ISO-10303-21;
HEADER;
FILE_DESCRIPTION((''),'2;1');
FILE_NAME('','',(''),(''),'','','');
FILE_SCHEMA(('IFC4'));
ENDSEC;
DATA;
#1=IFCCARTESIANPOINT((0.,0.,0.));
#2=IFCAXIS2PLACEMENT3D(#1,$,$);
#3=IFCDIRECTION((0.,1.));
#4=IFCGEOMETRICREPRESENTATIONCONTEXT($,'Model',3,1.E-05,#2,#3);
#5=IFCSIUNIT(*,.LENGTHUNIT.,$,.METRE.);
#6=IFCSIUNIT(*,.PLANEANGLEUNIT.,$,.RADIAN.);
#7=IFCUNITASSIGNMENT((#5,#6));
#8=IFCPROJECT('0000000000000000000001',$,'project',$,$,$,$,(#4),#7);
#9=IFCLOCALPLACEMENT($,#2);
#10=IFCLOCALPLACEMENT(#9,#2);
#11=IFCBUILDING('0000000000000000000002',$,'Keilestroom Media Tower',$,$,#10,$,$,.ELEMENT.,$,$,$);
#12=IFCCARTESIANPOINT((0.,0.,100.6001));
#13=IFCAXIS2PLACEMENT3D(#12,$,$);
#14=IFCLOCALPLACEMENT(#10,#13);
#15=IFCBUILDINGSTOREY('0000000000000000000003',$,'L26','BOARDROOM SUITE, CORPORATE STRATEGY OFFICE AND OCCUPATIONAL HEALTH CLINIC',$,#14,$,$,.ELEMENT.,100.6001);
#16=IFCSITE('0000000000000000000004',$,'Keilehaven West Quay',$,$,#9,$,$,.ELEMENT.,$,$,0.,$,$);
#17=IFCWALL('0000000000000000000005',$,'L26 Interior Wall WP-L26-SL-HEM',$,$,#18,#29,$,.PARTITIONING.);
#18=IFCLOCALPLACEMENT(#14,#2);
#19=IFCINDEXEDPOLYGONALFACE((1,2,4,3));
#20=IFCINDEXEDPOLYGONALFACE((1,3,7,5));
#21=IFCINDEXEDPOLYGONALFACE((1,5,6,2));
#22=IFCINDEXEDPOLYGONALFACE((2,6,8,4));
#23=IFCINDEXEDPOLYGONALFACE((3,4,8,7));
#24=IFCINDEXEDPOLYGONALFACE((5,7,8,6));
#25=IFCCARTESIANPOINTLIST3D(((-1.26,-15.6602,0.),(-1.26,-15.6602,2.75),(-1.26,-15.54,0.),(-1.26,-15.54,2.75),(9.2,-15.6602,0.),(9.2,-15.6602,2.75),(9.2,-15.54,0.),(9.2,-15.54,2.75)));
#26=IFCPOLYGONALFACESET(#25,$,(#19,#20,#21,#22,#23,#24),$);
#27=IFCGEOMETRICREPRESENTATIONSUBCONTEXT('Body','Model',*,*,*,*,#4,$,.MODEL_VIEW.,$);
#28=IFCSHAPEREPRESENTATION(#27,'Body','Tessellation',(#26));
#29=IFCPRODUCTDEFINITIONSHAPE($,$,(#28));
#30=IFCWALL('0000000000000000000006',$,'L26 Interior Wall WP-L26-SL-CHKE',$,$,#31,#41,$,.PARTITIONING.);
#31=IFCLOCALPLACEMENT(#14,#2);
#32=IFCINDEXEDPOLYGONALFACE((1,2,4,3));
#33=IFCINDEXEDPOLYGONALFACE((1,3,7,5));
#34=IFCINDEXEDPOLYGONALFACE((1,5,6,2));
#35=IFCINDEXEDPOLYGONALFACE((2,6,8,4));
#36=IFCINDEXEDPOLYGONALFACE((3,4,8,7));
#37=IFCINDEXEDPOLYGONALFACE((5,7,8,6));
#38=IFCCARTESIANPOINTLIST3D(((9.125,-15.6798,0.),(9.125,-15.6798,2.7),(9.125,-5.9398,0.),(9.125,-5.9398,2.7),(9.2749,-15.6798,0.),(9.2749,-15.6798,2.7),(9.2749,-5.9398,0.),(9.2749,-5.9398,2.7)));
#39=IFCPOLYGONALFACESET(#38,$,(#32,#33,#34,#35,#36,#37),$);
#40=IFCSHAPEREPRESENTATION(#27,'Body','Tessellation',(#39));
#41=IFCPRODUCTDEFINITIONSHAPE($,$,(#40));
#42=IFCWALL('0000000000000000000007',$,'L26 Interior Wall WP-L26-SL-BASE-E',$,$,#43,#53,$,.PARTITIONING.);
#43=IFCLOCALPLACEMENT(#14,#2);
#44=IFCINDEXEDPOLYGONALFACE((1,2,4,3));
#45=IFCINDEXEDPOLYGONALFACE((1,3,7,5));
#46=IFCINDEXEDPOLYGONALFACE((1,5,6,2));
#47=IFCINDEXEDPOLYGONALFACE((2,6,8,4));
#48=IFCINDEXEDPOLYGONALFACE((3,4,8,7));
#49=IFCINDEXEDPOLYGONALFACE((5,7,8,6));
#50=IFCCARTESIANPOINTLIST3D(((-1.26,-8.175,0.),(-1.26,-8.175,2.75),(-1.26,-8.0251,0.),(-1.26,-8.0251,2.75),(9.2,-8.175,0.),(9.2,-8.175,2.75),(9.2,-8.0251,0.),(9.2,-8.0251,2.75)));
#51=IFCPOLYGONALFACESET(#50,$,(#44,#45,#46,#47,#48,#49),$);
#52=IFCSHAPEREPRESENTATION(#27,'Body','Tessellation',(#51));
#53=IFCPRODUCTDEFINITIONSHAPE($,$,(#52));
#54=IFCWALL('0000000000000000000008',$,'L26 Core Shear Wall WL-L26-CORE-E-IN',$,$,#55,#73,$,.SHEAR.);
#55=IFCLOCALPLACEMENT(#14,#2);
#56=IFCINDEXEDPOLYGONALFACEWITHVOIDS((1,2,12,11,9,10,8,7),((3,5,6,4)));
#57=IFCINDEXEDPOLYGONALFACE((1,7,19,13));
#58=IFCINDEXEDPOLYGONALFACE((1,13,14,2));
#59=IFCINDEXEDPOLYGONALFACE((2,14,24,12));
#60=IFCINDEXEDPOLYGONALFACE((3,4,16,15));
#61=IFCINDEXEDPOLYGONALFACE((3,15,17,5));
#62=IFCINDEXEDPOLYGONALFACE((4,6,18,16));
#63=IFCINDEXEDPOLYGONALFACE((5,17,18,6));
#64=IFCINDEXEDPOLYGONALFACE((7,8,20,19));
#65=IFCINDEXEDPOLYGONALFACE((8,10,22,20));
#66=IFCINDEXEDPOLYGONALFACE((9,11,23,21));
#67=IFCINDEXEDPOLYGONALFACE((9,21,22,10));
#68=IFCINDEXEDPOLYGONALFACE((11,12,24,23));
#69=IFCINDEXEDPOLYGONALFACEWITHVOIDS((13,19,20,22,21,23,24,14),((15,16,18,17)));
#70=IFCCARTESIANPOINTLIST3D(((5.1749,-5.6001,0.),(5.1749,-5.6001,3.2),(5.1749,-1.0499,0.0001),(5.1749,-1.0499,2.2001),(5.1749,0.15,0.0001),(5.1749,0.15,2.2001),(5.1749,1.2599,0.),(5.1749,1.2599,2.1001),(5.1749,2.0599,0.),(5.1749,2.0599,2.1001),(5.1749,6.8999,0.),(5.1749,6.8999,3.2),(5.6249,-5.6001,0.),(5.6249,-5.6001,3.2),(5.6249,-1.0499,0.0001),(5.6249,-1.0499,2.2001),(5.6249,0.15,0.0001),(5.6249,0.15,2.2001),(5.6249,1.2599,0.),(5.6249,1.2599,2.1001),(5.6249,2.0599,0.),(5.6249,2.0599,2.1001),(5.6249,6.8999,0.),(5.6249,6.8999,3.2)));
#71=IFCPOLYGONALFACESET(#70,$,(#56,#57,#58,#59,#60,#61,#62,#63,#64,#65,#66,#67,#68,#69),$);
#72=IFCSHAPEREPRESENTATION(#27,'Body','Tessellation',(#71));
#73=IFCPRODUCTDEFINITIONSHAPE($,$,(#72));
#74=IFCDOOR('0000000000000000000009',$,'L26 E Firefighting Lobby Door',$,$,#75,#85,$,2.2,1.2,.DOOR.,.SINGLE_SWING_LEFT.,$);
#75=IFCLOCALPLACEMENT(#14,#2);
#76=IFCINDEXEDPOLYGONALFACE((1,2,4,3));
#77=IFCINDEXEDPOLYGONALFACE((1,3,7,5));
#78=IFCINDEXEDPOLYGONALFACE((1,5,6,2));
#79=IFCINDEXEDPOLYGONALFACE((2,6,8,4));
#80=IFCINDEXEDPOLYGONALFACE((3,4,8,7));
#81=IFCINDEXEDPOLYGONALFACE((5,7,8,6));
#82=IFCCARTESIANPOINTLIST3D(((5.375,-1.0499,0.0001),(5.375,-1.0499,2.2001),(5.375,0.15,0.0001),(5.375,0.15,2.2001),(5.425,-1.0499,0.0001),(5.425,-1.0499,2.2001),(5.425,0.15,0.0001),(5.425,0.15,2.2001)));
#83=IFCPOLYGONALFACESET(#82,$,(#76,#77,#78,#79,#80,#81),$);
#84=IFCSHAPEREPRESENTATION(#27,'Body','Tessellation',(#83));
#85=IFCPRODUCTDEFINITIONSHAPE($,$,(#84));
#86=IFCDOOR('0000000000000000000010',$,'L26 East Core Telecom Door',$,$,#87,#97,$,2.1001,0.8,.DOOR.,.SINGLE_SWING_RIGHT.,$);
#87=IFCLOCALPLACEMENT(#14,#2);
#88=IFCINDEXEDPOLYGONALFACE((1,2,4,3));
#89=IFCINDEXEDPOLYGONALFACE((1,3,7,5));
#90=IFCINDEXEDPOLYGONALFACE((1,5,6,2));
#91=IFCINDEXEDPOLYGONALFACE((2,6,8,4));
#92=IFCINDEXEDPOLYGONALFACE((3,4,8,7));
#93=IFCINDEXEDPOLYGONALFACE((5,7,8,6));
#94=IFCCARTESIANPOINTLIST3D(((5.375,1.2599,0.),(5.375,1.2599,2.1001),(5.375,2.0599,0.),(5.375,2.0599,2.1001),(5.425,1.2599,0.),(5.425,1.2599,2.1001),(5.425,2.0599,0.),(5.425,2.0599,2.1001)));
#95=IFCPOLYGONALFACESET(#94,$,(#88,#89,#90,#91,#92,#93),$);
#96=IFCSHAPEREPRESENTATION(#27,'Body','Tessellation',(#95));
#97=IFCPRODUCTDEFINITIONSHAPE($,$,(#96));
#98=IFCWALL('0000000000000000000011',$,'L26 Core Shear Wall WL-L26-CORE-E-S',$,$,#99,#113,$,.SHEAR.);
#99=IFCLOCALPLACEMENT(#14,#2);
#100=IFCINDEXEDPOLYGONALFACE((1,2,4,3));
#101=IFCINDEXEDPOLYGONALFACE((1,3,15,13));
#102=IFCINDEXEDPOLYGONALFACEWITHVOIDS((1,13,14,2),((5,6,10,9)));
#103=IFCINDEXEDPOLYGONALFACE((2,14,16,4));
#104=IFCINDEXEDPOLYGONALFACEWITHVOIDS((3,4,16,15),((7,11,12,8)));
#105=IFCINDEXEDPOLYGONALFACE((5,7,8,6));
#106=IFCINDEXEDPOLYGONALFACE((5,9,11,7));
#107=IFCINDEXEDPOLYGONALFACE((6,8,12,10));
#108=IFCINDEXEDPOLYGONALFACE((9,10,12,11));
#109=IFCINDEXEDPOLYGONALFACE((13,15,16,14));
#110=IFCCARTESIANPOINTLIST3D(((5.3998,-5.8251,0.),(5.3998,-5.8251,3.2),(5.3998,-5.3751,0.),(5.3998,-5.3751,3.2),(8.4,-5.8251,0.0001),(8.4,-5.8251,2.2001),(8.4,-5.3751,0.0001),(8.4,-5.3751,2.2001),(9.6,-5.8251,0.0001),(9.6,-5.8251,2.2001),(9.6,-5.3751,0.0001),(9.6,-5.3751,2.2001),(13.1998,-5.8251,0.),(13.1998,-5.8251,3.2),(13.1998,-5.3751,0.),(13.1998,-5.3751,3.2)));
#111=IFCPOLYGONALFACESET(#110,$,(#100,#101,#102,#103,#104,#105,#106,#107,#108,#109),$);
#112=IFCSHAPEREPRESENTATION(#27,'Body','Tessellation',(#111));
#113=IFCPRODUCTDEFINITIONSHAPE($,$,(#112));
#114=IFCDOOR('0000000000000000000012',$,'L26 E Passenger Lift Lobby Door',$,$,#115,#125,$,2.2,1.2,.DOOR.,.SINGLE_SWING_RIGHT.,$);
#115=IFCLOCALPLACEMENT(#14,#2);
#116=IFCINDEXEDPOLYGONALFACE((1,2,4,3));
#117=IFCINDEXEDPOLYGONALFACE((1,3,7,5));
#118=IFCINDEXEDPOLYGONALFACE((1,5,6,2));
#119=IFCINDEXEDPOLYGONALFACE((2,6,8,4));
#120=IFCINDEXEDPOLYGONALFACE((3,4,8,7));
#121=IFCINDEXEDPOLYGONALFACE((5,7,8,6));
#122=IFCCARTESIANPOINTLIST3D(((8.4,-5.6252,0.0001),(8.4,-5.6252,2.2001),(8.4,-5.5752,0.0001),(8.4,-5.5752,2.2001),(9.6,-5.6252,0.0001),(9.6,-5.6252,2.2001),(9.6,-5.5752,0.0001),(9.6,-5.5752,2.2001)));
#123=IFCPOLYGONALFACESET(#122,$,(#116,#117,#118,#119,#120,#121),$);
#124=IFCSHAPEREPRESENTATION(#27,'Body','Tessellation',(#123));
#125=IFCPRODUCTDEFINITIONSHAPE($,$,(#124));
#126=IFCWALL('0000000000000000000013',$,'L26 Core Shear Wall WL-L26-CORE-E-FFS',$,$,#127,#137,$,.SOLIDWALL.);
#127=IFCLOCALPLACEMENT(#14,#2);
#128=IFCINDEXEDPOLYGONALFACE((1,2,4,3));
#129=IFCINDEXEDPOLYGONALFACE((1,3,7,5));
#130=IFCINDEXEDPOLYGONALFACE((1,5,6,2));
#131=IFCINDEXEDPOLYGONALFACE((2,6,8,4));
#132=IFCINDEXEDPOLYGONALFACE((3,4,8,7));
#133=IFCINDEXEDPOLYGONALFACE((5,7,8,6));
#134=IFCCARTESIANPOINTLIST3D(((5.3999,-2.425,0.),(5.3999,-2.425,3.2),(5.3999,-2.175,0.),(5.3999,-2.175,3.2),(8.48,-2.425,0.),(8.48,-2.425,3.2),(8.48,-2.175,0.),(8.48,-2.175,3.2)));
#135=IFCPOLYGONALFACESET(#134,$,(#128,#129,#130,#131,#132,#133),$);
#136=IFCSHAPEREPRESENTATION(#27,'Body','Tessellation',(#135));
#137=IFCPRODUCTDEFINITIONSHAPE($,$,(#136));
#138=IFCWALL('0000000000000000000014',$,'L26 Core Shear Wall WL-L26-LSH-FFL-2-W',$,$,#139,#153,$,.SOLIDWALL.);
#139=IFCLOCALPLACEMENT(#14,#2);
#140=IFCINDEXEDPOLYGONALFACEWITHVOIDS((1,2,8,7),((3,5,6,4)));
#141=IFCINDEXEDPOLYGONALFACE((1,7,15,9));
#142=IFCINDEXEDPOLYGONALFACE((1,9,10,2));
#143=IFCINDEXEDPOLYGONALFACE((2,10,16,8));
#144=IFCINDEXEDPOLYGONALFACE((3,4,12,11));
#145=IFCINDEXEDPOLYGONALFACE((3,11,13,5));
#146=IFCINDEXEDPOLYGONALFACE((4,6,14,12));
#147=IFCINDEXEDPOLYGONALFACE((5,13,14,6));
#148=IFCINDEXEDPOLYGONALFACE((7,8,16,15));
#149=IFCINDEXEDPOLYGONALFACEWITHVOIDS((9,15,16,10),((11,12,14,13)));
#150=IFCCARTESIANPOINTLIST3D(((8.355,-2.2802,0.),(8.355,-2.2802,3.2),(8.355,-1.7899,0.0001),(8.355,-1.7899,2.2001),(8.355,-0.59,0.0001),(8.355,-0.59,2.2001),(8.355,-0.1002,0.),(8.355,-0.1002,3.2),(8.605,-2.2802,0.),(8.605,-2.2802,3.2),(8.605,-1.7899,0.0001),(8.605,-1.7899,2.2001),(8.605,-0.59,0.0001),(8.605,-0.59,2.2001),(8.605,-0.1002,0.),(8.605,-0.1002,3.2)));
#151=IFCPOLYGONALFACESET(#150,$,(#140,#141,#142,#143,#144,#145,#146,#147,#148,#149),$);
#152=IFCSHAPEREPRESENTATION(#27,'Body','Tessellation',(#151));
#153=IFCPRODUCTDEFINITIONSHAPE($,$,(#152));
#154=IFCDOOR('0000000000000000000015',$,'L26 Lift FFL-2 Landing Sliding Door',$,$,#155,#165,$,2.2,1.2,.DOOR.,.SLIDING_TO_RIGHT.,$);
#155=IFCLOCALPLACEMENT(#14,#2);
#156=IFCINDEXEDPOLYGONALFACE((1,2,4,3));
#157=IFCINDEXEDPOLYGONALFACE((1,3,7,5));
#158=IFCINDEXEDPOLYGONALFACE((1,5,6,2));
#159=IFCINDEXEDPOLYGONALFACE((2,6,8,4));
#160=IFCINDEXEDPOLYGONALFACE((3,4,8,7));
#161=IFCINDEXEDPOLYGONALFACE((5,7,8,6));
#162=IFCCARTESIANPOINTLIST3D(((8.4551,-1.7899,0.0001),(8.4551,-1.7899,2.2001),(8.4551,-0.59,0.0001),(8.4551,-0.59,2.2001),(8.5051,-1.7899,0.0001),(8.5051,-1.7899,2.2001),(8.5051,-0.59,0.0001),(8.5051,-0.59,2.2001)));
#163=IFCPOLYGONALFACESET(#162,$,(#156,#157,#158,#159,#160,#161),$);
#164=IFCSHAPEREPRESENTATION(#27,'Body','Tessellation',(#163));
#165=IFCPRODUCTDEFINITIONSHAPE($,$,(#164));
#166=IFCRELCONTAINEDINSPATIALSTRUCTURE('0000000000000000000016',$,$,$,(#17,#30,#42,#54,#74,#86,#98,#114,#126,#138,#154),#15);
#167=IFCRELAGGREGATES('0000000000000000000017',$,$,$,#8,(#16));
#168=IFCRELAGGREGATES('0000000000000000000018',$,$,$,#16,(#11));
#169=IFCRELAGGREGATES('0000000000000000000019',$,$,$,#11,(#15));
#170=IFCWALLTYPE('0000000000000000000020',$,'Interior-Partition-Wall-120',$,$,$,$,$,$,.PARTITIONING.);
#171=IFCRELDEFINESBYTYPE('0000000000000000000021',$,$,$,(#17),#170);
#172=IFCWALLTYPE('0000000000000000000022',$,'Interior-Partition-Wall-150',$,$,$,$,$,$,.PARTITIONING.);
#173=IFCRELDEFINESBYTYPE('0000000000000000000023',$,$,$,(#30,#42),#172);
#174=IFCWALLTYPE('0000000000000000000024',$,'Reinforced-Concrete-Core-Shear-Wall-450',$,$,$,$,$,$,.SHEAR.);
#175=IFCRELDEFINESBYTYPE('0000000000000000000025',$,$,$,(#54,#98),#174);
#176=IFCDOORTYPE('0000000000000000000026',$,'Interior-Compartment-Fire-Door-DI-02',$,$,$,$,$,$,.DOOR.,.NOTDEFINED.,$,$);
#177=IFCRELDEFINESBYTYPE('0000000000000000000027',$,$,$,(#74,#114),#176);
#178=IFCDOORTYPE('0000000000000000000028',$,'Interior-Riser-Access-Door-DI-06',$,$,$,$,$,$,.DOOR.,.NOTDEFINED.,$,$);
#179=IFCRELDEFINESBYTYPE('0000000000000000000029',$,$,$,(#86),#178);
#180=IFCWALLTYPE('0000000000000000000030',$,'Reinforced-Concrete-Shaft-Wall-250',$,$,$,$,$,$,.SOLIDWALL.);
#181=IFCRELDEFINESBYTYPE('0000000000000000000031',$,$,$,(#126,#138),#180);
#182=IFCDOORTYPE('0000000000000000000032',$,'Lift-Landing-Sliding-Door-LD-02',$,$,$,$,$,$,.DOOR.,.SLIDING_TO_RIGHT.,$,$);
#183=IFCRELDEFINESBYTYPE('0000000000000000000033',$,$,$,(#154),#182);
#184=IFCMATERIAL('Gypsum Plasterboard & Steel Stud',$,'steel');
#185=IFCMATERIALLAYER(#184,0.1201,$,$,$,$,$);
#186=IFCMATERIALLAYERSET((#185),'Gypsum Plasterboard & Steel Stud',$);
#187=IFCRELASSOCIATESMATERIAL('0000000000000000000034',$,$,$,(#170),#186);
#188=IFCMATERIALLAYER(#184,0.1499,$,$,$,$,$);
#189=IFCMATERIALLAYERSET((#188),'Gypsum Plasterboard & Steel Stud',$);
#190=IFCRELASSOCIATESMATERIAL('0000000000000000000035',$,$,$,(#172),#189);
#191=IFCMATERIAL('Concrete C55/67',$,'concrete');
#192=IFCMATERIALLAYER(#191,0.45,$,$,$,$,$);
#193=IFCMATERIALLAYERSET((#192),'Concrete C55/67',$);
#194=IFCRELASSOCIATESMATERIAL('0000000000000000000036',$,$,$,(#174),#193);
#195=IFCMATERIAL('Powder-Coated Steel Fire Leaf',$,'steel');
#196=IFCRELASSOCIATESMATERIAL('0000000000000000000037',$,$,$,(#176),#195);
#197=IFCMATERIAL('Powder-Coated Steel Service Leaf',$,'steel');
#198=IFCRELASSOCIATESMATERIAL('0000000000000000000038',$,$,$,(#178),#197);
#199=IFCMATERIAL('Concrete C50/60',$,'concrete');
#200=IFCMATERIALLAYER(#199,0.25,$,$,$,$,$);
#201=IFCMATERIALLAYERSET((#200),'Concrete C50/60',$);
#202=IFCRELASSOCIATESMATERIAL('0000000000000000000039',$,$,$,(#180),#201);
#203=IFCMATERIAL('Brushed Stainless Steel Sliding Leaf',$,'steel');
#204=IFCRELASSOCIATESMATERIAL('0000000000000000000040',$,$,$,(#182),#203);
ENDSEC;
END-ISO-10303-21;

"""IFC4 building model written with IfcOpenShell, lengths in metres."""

from ifc_helpers import new_model, si_unit, direction, frame, frame_2d, origin, place, context, subcontext, project, spatial, rectangle, extrude, source, transform, mapped, material, layer, layer_set, type_object, element, fill, save


model = new_model("IFC4")

# Units and contexts
model_context = context("Model", 3, precision=1e-05, world=origin(), true_north=direction((0.0, 1.0)))
body_context = subcontext(model_context, "Body", "Model", "MODEL_VIEW")
ifc_project = project(units=[si_unit("LENGTHUNIT", "METRE"), si_unit("PLANEANGLEUNIT", "RADIAN")], contexts=[model_context])

# Site, building, storey
site_placement = place(None, origin())
site = spatial("IfcSite", under=ifc_project, at=site_placement, Name="Keilehaven West Quay", CompositionType="ELEMENT", RefElevation=0.0)
building_placement = place(site_placement, origin())
building = spatial("IfcBuilding", under=site, at=building_placement, Name="Keilestroom Media Tower", CompositionType="ELEMENT")
storey_placement = place(building_placement, frame((0.0, 0.0, 100.6001)))
storey = spatial("IfcBuildingStorey", under=building, at=storey_placement, Name="L26", Description="BOARDROOM SUITE, CORPORATE STRATEGY OFFICE AND OCCUPATIONAL HEALTH CLINIC", CompositionType="ELEMENT", Elevation=100.6001)

# Shared definitions
ifc_material_1 = material(Name="Concrete C55/67", Category="concrete")

# Walls
ifc_material_2 = material(Name="Gypsum Plasterboard & Steel Stud", Category="steel")
ifc_layer_1 = layer(ifc_material_2, 0.1201)
ifc_layer_set_1 = layer_set([ifc_layer_1], Name="Gypsum Plasterboard & Steel Stud")
wall_type_1 = type_object("IfcWallType", Name="Interior-Partition-Wall-120", PredefinedType="PARTITIONING", material=ifc_layer_set_1)
wall_1_placement = place(storey_placement, frame((-1.26, -15.6001, 0.0), z_axis=(0.0, 0.0, 1.0), x_axis=(1.0, 0.0, 0.0)))
element("IfcWall", 1, at=wall_1_placement, inside=storey, type_object=wall_type_1, Name="L26 Interior Wall WP-L26-SL-HEM", PredefinedType="PARTITIONING", context=body_context, shape_type="SweptSolid", body=[
    extrude(rectangle(XDim=10.46, YDim=0.1201, at=frame_2d((5.23, 0.0))), origin(), (0.0, 0.0, 1.0), 2.75),
])
ifc_layer_2 = layer(ifc_material_2, 0.1499)
ifc_layer_set_2 = layer_set([ifc_layer_2], Name="Gypsum Plasterboard & Steel Stud")
wall_type_2 = type_object("IfcWallType", Name="Interior-Partition-Wall-150", PredefinedType="PARTITIONING", material=ifc_layer_set_2)
wall_2_placement = place(storey_placement, frame((9.2, -15.6799, 0.0), z_axis=(0.0, 0.0, 1.0), x_axis=(0.0, 1.0, 0.0)))
element("IfcWall", 2, at=wall_2_placement, inside=storey, type_object=wall_type_2, Name="L26 Interior Wall WP-L26-SL-CHKE", PredefinedType="PARTITIONING", context=body_context, shape_type="SweptSolid", body=[
    extrude(rectangle(XDim=9.74, YDim=0.1499, at=frame_2d((4.8701, 0.0))), origin(), (0.0, 0.0, 1.0), 2.7),
])
wall_3_placement = place(storey_placement, frame((-1.26, -8.1001, 0.0), z_axis=(0.0, 0.0, 1.0), x_axis=(1.0, 0.0, 0.0)))
element("IfcWall", 3, at=wall_3_placement, inside=storey, type_object=wall_type_2, Name="L26 Interior Wall WP-L26-SL-BASE-E", PredefinedType="PARTITIONING", context=body_context, shape_type="SweptSolid", body=[
    extrude(rectangle(XDim=10.46, YDim=0.1499, at=frame_2d((5.23, 0.0))), origin(), (0.0, 0.0, 1.0), 2.75),
])

# Wall, openings, doors
ifc_layer_3 = layer(ifc_material_1, 0.45)
ifc_layer_set_3 = layer_set([ifc_layer_3], Name="Concrete C55/67")
wall_type_3 = type_object("IfcWallType", Name="Reinforced-Concrete-Core-Shear-Wall-450", PredefinedType="SHEAR", material=ifc_layer_set_3)
wall_4_placement = place(storey_placement, frame((5.3999, -5.6001, 0.0), z_axis=(0.0, 0.0, 1.0), x_axis=(0.0, 1.0, 0.0)))
wall_4 = element("IfcWall", 4, at=wall_4_placement, inside=storey, type_object=wall_type_3, Name="L26 Core Shear Wall WL-L26-CORE-E-IN", PredefinedType="SHEAR", context=body_context, shape_type="SweptSolid", body=[
    extrude(rectangle(XDim=12.5, YDim=0.45, at=frame_2d((6.25, 0.0))), origin(), (0.0, 0.0, 1.0), 3.2),
])
opening_1_placement = place(wall_4_placement, frame((4.55, 0.0, 0.0)))
opening_1 = element("IfcOpeningElement", 5, at=opening_1_placement, cuts=wall_4, PredefinedType="OPENING", context=body_context, shape_type="SweptSolid", body=[
    extrude(rectangle(XDim=1.2, YDim=2.2, at=frame_2d((0.6001, 1.1001))), frame((0.0, 0.2349, 0.0), z_axis=(0.0, -1.0, 0.0), x_axis=(1.0, 0.0, 0.0)), (0.0, 0.0, 1.0), 0.47),
])
opening_2_placement = place(wall_4_placement, frame((6.8601, 0.0, 0.0)))
opening_2 = element("IfcOpeningElement", 6, at=opening_2_placement, cuts=wall_4, PredefinedType="OPENING", context=body_context, shape_type="SweptSolid", body=[
    extrude(rectangle(XDim=0.8, YDim=2.1001, at=frame_2d((0.3999, 1.05))), frame((0.0, 0.2349, 0.0), z_axis=(0.0, -1.0, 0.0), x_axis=(1.0, 0.0, 0.0)), (0.0, 0.0, 1.0), 0.47),
])
ifc_material_3 = material(Name="Powder-Coated Steel Fire Leaf", Category="steel")
door_type_1 = type_object("IfcDoorType", Name="Interior-Compartment-Fire-Door-DI-02", OperationType="NOTDEFINED", PredefinedType="DOOR", material=ifc_material_3)
shared_shape_1 = source(origin(), body_context, "Body", "SweptSolid", [
    extrude(rectangle(XDim=1.2, YDim=2.2, at=frame_2d((0.6001, 1.1001))), frame((0.0, 0.0249, 0.0), z_axis=(0.0, -1.0, 0.0), x_axis=(1.0, 0.0, 0.0)), (0.0, 0.0, 1.0), 0.05),
])
door_1_placement = place(opening_1_placement, origin())
door_1 = element("IfcDoor", 7, at=door_1_placement, inside=storey, type_object=door_type_1, Name="L26 E Firefighting Lobby Door", OperationType="SINGLE_SWING_LEFT", OverallHeight=2.2, OverallWidth=1.2, PredefinedType="DOOR", context=body_context, shape_type="MappedRepresentation", body=[
    mapped(shared_shape_1, transform((0.0, 0.0, 0.0), x_axis=(1.0, 0.0, 0.0), y_axis=(0.0, 1.0, 0.0), z_axis=(0.0, 0.0, 1.0), scale=1.0)),
])
fill(opening_1, door_1)
ifc_material_4 = material(Name="Powder-Coated Steel Service Leaf", Category="steel")
door_type_2 = type_object("IfcDoorType", Name="Interior-Riser-Access-Door-DI-06", OperationType="NOTDEFINED", PredefinedType="DOOR", material=ifc_material_4)
shared_shape_2 = source(origin(), body_context, "Body", "SweptSolid", [
    extrude(rectangle(XDim=0.8, YDim=2.1001, at=frame_2d((0.3999, 1.05))), frame((0.0, 0.0249, 0.0), z_axis=(0.0, -1.0, 0.0), x_axis=(1.0, 0.0, 0.0)), (0.0, 0.0, 1.0), 0.05),
])
door_2_placement = place(opening_2_placement, origin())
door_2 = element("IfcDoor", 8, at=door_2_placement, inside=storey, type_object=door_type_2, Name="L26 East Core Telecom Door", OperationType="SINGLE_SWING_RIGHT", OverallHeight=2.1001, OverallWidth=0.8, PredefinedType="DOOR", context=body_context, shape_type="MappedRepresentation", body=[
    mapped(shared_shape_2, transform((0.0, 0.0, 0.0), x_axis=(1.0, 0.0, 0.0), y_axis=(0.0, 1.0, 0.0), z_axis=(0.0, 0.0, 1.0), scale=1.0)),
])
fill(opening_2, door_2)

# Wall, opening, door
wall_5_placement = place(storey_placement, frame((5.3999, -5.6001, 0.0), z_axis=(0.0, 0.0, 1.0), x_axis=(1.0, 0.0, 0.0)))
wall_5 = element("IfcWall", 9, at=wall_5_placement, inside=storey, type_object=wall_type_3, Name="L26 Core Shear Wall WL-L26-CORE-E-S", PredefinedType="SHEAR", context=body_context, shape_type="SweptSolid", body=[
    extrude(rectangle(XDim=7.8, YDim=0.45, at=frame_2d((3.8999, 0.0))), origin(), (0.0, 0.0, 1.0), 3.2),
])
opening_3_placement = place(wall_5_placement, frame((3.0, 0.0, 0.0)))
opening_3 = element("IfcOpeningElement", 10, at=opening_3_placement, cuts=wall_5, PredefinedType="OPENING", context=body_context, shape_type="SweptSolid", body=[
    extrude(rectangle(XDim=1.2, YDim=2.2, at=frame_2d((0.6001, 1.1001))), frame((0.0, 0.2349, 0.0), z_axis=(0.0, -1.0, 0.0), x_axis=(1.0, 0.0, 0.0)), (0.0, 0.0, 1.0), 0.47),
])
door_3_placement = place(opening_3_placement, origin())
door_3 = element("IfcDoor", 11, at=door_3_placement, inside=storey, type_object=door_type_1, Name="L26 E Passenger Lift Lobby Door", OperationType="SINGLE_SWING_RIGHT", OverallHeight=2.2, OverallWidth=1.2, PredefinedType="DOOR", context=body_context, shape_type="MappedRepresentation", body=[
    mapped(shared_shape_1, transform((0.0, 0.0, 0.0), x_axis=(1.0, 0.0, 0.0), y_axis=(0.0, 1.0, 0.0), z_axis=(0.0, 0.0, 1.0), scale=1.0)),
])
fill(opening_3, door_3)

# Wall
ifc_material_5 = material(Name="Concrete C50/60", Category="concrete")
ifc_layer_4 = layer(ifc_material_5, 0.25)
ifc_layer_set_4 = layer_set([ifc_layer_4], Name="Concrete C50/60")
wall_type_4 = type_object("IfcWallType", Name="Reinforced-Concrete-Shaft-Wall-250", PredefinedType="SOLIDWALL", material=ifc_layer_set_4)
wall_6_placement = place(storey_placement, frame((5.3999, -2.3, 0.0), z_axis=(0.0, 0.0, 1.0), x_axis=(1.0, 0.0, 0.0)))
element("IfcWall", 12, at=wall_6_placement, inside=storey, type_object=wall_type_4, Name="L26 Core Shear Wall WL-L26-CORE-E-FFS", PredefinedType="SOLIDWALL", context=body_context, shape_type="SweptSolid", body=[
    extrude(rectangle(XDim=3.0801, YDim=0.25, at=frame_2d((1.54, 0.0))), origin(), (0.0, 0.0, 1.0), 3.2),
])

# Wall, opening, door
wall_7_placement = place(storey_placement, frame((8.48, -2.28, 0.0), z_axis=(0.0, 0.0, 1.0), x_axis=(0.0, 1.0, 0.0)))
wall_7 = element("IfcWall", 13, at=wall_7_placement, inside=storey, type_object=wall_type_4, Name="L26 Core Shear Wall WL-L26-LSH-FFL-2-W", PredefinedType="SOLIDWALL", context=body_context, shape_type="SweptSolid", body=[
    extrude(rectangle(XDim=2.1799, YDim=0.25, at=frame_2d((1.0898, 0.0))), origin(), (0.0, 0.0, 1.0), 3.2),
])
opening_4_placement = place(wall_7_placement, frame((0.49, 0.0, 0.0)))
opening_4 = element("IfcOpeningElement", 14, at=opening_4_placement, cuts=wall_7, PredefinedType="OPENING", context=body_context, shape_type="SweptSolid", body=[
    extrude(rectangle(XDim=1.2, YDim=2.2, at=frame_2d((0.6001, 1.1001))), frame((0.0, 0.135, 0.0), z_axis=(0.0, -1.0, 0.0), x_axis=(1.0, 0.0, 0.0)), (0.0, 0.0, 1.0), 0.27),
])
ifc_material_6 = material(Name="Brushed Stainless Steel Sliding Leaf", Category="steel")
door_type_3 = type_object("IfcDoorType", Name="Lift-Landing-Sliding-Door-LD-02", OperationType="SLIDING_TO_RIGHT", PredefinedType="DOOR", material=ifc_material_6)
door_4_placement = place(opening_4_placement, origin())
door_4 = element("IfcDoor", 15, at=door_4_placement, inside=storey, type_object=door_type_3, Name="L26 Lift FFL-2 Landing Sliding Door", OperationType="SLIDING_TO_RIGHT", OverallHeight=2.2, OverallWidth=1.2, PredefinedType="DOOR", context=body_context, shape_type="MappedRepresentation", body=[
    mapped(shared_shape_1, transform((0.0, 0.0, 0.0), x_axis=(1.0, 0.0, 0.0), y_axis=(0.0, 1.0, 0.0), z_axis=(0.0, 0.0, 1.0), scale=1.0)),
])
fill(opening_4, door_4)

save(model, "model.ifc")
